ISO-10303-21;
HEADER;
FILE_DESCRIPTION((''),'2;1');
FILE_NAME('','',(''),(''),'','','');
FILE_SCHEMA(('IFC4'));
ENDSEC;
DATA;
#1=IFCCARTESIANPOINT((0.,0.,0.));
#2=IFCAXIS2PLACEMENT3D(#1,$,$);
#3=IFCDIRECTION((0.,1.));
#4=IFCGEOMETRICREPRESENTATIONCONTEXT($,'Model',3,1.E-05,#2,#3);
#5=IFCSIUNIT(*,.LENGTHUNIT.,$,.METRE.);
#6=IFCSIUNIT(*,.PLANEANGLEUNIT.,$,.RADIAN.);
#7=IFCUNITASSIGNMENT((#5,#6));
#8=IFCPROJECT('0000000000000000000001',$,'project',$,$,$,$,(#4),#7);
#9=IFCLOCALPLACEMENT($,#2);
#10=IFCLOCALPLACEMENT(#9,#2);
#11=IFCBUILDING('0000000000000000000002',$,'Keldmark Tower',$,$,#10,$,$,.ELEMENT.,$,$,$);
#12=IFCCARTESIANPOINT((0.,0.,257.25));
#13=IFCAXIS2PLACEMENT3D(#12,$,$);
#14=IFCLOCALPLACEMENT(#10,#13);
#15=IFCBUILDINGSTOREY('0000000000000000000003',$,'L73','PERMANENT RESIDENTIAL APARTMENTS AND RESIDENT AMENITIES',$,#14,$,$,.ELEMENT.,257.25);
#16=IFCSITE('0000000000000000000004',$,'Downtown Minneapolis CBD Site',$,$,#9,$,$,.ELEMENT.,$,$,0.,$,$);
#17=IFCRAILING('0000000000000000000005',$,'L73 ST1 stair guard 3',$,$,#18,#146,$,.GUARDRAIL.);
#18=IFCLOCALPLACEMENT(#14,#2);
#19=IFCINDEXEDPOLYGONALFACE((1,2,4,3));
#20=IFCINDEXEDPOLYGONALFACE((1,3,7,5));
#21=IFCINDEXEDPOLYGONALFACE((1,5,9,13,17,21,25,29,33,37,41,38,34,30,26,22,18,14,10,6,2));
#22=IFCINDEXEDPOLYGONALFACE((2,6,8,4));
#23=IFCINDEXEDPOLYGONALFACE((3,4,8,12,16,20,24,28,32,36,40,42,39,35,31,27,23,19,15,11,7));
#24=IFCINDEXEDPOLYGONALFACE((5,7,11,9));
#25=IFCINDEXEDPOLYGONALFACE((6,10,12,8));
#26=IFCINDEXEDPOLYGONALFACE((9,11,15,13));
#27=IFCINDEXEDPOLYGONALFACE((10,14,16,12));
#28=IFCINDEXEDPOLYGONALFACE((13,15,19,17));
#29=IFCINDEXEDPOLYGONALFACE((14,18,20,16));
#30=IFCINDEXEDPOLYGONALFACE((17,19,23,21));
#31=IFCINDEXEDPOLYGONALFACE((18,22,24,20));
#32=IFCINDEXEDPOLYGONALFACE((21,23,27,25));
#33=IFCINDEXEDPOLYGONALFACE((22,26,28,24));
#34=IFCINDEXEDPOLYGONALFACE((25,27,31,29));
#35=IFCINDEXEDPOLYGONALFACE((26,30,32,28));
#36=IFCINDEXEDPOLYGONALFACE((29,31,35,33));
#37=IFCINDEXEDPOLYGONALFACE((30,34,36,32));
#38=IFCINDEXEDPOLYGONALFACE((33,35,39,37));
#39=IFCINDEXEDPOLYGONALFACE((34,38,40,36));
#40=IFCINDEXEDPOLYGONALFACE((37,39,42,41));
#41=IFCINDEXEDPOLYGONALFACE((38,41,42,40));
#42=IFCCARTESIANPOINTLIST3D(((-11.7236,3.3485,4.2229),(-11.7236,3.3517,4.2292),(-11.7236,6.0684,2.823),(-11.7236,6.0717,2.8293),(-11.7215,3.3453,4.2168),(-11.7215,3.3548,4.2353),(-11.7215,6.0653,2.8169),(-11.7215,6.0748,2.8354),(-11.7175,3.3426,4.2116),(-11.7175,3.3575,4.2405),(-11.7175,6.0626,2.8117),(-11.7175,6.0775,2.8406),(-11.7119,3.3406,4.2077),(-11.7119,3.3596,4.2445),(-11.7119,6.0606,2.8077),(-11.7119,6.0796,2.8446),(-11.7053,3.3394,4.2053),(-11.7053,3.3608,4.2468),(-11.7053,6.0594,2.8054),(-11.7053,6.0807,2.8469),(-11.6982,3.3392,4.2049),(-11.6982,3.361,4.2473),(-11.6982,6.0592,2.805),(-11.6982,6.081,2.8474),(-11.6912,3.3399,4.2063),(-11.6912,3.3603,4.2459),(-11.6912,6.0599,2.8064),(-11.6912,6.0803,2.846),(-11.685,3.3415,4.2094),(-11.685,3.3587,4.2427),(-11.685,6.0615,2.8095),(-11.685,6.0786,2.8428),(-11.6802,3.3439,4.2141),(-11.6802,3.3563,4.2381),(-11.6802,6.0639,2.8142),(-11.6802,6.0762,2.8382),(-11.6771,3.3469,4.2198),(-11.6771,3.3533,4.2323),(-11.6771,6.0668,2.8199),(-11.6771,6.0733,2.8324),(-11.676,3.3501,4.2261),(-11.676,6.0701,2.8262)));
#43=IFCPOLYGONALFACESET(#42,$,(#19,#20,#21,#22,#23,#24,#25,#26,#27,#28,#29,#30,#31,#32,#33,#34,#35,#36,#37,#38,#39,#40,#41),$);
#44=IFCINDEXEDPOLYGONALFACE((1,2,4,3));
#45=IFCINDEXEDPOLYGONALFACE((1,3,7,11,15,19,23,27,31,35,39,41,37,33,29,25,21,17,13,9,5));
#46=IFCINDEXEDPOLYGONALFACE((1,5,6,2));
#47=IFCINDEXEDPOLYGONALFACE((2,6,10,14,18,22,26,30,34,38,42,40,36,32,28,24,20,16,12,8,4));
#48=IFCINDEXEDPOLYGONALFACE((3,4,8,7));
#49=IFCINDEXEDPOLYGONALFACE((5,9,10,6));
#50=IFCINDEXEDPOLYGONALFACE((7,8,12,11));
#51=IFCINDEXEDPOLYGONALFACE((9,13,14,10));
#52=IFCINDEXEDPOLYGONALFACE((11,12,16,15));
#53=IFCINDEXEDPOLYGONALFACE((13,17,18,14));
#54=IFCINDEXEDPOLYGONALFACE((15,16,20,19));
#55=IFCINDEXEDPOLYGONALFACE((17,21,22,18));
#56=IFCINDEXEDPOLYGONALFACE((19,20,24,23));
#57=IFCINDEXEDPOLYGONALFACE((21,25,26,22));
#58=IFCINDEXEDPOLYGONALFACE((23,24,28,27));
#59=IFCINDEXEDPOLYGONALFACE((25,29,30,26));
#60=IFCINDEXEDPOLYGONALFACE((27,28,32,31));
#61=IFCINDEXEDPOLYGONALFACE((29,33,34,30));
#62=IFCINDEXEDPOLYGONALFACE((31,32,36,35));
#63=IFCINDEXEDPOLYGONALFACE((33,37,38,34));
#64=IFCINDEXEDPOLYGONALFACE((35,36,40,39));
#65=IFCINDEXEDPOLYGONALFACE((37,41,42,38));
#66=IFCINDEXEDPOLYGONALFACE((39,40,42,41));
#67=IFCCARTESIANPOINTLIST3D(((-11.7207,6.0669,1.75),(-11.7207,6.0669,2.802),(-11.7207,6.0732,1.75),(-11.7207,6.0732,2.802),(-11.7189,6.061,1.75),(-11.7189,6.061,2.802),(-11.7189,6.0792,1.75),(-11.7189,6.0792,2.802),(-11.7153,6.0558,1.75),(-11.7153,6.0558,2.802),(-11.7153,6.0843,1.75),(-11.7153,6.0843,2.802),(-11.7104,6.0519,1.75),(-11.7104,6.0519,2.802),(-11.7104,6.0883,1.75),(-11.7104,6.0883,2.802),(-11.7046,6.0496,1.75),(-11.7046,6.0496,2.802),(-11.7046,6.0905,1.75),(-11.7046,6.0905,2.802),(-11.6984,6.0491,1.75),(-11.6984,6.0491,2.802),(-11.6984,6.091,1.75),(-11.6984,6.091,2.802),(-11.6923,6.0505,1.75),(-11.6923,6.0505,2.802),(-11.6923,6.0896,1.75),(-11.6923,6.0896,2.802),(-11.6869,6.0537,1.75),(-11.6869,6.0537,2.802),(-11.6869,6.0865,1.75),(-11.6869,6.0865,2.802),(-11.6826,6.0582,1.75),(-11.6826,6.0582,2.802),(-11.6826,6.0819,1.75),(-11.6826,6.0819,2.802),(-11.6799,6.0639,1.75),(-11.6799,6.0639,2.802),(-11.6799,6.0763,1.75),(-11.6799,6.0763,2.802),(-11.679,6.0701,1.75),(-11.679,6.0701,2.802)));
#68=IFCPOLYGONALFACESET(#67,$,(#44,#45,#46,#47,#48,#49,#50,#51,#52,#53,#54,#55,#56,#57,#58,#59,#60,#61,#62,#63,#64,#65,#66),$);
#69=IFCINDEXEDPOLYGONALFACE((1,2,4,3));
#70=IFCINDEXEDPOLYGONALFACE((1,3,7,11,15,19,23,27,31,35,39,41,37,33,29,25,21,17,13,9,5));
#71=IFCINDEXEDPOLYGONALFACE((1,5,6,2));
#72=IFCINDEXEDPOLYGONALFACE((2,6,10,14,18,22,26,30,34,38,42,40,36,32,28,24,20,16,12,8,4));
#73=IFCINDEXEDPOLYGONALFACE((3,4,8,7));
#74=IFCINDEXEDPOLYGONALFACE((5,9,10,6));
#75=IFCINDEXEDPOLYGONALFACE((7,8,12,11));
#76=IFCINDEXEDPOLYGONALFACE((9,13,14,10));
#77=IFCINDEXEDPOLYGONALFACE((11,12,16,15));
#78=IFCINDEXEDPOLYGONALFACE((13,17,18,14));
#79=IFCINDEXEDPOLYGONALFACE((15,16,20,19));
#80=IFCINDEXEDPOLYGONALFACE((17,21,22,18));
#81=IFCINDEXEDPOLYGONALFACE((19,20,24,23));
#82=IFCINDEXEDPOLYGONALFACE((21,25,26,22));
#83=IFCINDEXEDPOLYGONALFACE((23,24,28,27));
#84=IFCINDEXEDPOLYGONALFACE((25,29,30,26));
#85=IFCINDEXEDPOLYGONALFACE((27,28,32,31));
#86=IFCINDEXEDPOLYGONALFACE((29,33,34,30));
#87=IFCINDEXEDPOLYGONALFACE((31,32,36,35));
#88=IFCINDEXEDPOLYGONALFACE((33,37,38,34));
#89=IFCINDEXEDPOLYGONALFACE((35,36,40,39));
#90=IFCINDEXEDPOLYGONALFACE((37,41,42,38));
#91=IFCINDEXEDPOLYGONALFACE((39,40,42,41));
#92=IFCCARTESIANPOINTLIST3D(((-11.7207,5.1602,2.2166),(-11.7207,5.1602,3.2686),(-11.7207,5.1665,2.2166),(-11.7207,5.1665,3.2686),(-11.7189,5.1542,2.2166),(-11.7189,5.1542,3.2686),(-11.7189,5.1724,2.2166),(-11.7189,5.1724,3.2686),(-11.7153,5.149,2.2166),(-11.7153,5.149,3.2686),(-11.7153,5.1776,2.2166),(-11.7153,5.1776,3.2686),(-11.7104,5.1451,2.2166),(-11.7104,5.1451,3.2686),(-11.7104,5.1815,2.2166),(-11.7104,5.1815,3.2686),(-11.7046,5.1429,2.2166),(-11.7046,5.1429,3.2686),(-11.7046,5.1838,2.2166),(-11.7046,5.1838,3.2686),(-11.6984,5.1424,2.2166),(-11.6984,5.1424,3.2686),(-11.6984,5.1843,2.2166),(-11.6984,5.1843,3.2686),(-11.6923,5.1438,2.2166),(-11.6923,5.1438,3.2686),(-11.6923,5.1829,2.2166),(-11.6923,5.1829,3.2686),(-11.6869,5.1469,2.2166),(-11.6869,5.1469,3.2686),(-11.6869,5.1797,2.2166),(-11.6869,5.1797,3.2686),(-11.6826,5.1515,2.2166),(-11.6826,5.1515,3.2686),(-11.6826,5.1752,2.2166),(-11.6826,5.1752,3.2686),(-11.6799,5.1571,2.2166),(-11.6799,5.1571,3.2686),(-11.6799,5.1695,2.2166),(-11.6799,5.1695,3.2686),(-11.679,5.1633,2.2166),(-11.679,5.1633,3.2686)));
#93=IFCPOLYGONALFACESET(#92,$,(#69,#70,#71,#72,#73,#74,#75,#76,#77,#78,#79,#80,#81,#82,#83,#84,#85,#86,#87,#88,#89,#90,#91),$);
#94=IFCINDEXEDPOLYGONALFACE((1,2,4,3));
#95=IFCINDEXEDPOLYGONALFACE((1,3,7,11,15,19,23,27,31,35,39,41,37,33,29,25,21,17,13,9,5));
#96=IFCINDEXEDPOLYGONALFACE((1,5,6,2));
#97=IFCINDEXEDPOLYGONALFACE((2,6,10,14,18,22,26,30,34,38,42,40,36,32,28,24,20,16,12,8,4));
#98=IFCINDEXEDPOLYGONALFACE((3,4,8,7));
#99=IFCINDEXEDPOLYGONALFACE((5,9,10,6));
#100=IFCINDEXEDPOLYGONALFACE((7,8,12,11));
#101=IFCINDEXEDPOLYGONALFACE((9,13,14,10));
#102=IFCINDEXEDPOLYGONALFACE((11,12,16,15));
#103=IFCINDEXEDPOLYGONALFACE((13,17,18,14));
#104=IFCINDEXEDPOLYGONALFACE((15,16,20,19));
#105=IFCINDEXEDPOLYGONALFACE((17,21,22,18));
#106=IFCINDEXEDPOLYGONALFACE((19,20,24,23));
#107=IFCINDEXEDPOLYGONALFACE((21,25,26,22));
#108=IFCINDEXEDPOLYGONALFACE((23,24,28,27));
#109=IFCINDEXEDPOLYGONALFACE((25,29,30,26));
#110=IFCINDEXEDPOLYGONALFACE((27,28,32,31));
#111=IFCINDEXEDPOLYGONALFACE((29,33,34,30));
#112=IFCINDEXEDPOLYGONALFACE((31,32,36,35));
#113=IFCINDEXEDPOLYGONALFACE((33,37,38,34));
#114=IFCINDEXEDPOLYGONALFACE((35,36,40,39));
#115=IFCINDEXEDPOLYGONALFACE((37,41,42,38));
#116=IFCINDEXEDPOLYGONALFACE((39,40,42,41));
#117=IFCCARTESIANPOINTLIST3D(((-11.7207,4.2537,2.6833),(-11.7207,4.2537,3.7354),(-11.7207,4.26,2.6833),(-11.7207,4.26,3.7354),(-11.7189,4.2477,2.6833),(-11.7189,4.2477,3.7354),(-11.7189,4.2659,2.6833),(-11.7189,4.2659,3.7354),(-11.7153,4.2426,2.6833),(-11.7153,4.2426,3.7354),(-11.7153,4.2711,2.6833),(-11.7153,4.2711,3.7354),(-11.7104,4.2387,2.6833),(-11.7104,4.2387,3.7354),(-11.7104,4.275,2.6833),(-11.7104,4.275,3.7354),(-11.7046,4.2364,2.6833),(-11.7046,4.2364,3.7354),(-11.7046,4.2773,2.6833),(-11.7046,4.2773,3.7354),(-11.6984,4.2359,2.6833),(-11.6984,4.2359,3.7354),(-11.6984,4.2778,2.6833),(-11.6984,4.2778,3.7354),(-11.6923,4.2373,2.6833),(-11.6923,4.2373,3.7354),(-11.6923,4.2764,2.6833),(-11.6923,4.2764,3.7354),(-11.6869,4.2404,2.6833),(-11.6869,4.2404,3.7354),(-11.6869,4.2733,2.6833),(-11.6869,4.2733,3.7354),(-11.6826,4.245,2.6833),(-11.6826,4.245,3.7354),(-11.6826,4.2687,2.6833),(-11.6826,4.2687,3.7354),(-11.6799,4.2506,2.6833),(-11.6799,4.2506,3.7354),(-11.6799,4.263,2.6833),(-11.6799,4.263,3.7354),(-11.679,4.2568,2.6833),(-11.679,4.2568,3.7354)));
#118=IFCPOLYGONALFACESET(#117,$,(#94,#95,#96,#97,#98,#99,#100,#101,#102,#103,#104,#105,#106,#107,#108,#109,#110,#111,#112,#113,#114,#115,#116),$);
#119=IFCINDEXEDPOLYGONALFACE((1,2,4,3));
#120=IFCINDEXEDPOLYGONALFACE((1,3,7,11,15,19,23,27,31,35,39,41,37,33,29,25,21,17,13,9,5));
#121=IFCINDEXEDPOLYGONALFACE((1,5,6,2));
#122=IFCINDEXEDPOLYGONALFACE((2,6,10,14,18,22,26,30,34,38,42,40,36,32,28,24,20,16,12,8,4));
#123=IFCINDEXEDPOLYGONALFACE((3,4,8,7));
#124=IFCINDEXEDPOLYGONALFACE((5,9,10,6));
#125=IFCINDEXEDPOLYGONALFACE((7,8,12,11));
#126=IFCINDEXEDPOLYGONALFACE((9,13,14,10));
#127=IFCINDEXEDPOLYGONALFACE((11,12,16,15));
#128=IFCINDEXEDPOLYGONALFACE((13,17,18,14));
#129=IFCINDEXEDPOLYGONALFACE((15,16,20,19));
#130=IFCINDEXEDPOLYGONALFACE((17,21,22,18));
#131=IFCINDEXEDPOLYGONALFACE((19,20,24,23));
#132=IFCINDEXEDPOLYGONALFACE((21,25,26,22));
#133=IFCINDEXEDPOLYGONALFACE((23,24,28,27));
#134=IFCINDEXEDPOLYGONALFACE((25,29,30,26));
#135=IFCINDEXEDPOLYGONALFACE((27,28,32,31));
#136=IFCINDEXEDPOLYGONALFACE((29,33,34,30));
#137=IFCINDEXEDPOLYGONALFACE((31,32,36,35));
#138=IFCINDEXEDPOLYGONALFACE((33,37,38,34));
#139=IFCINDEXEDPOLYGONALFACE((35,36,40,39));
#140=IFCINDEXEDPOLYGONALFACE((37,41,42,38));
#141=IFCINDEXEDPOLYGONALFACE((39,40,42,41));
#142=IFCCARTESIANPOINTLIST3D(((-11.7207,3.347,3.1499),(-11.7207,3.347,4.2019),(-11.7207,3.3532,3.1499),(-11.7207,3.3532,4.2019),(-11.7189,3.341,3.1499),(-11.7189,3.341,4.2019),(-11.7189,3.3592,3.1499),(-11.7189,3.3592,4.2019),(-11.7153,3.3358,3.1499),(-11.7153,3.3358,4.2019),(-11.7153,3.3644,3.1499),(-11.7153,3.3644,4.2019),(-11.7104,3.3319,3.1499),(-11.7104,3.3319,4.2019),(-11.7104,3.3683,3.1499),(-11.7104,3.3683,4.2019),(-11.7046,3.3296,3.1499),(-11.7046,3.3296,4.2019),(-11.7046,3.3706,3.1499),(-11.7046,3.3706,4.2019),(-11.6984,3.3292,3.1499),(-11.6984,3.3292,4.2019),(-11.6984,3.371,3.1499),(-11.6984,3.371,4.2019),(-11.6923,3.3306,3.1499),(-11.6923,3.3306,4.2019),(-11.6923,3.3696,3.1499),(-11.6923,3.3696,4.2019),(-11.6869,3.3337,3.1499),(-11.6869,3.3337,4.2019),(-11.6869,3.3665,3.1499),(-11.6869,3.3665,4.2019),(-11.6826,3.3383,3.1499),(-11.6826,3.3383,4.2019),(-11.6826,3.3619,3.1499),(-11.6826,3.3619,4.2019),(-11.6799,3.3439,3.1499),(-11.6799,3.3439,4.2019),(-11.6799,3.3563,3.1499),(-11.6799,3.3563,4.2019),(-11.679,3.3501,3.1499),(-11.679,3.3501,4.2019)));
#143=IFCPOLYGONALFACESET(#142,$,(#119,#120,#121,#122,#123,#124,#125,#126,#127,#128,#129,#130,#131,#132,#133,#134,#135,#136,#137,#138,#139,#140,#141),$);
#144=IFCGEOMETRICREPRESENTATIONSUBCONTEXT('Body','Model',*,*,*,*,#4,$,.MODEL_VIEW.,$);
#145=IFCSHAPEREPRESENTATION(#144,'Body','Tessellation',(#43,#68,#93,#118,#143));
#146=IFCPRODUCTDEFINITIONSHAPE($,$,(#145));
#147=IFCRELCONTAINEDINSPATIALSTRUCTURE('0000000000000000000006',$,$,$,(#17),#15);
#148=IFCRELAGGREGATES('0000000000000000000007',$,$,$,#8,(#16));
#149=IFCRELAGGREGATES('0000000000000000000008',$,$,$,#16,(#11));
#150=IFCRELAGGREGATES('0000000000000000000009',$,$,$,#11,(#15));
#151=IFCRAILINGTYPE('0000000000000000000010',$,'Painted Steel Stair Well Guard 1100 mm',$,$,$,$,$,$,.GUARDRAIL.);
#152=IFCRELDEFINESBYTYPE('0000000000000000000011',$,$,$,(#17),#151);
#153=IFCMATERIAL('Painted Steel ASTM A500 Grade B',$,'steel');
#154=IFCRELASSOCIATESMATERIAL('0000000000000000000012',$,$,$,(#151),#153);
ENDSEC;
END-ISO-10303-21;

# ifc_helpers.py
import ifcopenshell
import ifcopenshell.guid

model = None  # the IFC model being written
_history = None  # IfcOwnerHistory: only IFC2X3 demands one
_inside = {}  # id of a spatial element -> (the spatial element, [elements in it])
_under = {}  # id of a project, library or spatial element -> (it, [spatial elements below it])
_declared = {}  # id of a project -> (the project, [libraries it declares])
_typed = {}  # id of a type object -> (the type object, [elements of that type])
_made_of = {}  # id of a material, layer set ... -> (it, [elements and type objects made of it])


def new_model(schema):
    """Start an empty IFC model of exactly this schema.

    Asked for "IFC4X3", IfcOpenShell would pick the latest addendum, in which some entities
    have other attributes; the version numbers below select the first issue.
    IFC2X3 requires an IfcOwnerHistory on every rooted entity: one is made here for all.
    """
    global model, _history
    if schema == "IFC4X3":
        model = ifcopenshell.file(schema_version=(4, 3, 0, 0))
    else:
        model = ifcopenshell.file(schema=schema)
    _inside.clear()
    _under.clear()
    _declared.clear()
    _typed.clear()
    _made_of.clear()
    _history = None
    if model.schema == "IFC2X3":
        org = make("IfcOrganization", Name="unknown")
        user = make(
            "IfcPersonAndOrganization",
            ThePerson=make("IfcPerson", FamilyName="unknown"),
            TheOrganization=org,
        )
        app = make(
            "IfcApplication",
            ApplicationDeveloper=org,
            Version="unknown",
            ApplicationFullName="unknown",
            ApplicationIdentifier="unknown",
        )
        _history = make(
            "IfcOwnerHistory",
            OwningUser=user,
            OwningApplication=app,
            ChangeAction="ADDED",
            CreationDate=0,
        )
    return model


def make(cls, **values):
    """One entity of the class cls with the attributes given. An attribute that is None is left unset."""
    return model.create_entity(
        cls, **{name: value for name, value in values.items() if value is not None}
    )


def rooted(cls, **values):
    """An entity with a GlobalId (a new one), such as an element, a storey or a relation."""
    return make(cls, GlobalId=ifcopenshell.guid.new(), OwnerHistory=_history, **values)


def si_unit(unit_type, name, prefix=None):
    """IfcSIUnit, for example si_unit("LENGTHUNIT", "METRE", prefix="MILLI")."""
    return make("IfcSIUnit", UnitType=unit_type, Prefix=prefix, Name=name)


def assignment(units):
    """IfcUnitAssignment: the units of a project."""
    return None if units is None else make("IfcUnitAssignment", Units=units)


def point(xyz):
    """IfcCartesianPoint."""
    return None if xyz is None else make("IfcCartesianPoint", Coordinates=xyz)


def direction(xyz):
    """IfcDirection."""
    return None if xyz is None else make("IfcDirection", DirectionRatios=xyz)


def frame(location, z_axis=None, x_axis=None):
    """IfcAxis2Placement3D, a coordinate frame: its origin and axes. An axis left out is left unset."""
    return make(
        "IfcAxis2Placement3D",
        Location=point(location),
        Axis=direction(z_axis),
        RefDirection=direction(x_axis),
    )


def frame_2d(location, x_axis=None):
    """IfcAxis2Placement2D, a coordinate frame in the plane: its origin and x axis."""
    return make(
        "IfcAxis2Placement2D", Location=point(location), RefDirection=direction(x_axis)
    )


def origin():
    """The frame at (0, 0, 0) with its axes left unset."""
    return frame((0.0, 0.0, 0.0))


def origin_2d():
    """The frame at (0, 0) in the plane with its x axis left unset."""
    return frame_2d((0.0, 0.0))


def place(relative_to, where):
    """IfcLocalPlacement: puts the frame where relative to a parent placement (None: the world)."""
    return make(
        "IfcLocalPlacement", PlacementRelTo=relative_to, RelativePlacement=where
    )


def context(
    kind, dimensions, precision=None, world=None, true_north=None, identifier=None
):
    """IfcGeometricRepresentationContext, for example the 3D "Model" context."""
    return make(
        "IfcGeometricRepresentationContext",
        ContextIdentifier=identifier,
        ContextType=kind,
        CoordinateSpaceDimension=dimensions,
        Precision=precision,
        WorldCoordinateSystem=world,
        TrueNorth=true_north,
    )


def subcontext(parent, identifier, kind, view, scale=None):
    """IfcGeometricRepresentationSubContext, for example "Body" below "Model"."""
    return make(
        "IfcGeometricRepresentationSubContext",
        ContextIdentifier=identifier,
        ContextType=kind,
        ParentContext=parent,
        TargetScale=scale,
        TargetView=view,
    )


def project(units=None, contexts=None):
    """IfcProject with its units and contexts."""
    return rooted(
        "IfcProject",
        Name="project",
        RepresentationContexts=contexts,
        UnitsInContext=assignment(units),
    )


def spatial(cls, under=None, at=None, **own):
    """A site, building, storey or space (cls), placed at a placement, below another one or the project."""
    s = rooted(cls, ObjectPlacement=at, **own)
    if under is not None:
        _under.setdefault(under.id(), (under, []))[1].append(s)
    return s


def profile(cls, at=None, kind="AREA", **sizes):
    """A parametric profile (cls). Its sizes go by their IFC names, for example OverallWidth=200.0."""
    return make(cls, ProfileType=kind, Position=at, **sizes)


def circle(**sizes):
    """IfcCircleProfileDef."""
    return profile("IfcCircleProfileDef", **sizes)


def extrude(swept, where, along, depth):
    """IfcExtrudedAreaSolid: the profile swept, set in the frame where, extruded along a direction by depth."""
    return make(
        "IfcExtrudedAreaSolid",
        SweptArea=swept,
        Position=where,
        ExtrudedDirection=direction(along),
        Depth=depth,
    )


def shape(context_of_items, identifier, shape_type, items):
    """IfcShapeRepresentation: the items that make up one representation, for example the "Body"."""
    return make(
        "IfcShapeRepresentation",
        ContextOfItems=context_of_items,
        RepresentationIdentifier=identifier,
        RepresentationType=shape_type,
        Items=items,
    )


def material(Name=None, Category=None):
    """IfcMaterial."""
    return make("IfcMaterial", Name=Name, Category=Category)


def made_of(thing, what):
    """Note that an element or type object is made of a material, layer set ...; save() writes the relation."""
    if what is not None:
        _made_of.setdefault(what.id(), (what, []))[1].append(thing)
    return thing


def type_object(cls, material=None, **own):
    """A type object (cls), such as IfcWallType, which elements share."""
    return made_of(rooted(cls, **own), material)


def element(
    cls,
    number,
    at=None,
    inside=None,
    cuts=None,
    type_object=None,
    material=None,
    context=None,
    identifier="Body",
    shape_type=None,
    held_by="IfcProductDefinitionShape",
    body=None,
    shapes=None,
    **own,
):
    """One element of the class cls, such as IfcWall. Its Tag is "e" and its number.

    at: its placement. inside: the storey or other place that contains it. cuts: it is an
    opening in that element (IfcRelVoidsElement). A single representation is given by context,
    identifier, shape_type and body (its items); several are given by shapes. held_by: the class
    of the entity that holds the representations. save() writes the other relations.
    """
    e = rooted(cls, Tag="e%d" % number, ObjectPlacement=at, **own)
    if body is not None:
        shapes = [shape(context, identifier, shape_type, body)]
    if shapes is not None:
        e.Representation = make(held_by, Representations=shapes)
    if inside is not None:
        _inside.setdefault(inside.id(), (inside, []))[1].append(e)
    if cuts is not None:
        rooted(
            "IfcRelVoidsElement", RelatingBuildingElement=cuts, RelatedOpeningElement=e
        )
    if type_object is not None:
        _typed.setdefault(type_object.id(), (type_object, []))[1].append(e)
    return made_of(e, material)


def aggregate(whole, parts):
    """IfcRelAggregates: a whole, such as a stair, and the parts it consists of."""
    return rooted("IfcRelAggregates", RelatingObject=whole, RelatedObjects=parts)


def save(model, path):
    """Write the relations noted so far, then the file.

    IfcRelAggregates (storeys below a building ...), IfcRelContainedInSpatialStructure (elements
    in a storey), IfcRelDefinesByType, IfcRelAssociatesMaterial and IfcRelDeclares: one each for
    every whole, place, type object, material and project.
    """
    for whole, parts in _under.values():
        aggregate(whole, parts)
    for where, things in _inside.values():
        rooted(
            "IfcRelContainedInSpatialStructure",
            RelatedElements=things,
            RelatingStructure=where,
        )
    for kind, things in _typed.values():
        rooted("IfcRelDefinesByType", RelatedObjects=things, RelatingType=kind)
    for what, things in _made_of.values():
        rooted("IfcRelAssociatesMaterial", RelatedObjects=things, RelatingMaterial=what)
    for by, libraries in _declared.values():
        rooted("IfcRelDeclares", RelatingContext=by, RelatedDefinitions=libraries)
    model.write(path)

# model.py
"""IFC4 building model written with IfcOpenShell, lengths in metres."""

from ifc_helpers import new_model, si_unit, direction, frame, origin, origin_2d, place, context, subcontext, project, spatial, circle, extrude, material, type_object, element, save


model = new_model("IFC4")

# Units and contexts
model_context = context("Model", 3, precision=1e-05, world=origin(), true_north=direction((0.0, 1.0)))
body_context = subcontext(model_context, "Body", "Model", "MODEL_VIEW")
ifc_project = project(units=[si_unit("LENGTHUNIT", "METRE"), si_unit("PLANEANGLEUNIT", "RADIAN")], contexts=[model_context])

# Site, building, storey
site_placement = place(None, origin())
site = spatial("IfcSite", under=ifc_project, at=site_placement, Name="Downtown Minneapolis CBD Site", CompositionType="ELEMENT", RefElevation=0.0)
building_placement = place(site_placement, origin())
building = spatial("IfcBuilding", under=site, at=building_placement, Name="Keldmark Tower", CompositionType="ELEMENT")
storey_placement = place(building_placement, frame((0.0, 0.0, 257.25)))
storey = spatial("IfcBuildingStorey", under=building, at=storey_placement, Name="L73", Description="PERMANENT RESIDENTIAL APARTMENTS AND RESIDENT AMENITIES", CompositionType="ELEMENT", Elevation=257.25)

# Railing
ifc_material_1 = material(Name="Painted Steel ASTM A500 Grade B", Category="steel")
railing_type_1 = type_object("IfcRailingType", Name="Painted Steel Stair Well Guard 1100 mm", PredefinedType="GUARDRAIL", material=ifc_material_1)
railing_1_placement = place(storey_placement, frame((-11.7, 6.0701, 1.75)))
element("IfcRailing", 1, at=railing_1_placement, inside=storey, type_object=railing_type_1, Name="L73 ST1 stair guard 3", PredefinedType="GUARDRAIL", context=body_context, shape_type="SweptSolid", body=[
    extrude(circle(Radius=0.0239, at=origin_2d()), frame((0.0, 0.0, 1.0762), z_axis=(0.0, -0.889147, 0.457622), x_axis=(1.0, 0.0, 0.0)), (0.0, 0.0, 1.0), 3.0591),
    extrude(circle(Radius=0.021, at=origin_2d()), origin(), (0.0, 0.0, 1.0), 1.052),
    extrude(circle(Radius=0.021, at=origin_2d()), frame((0.0, -0.9067, 0.4666)), (0.0, 0.0, 1.0), 1.052),
    extrude(circle(Radius=0.021, at=origin_2d()), frame((0.0, -1.8132, 0.9333)), (0.0, 0.0, 1.0), 1.052),
    extrude(circle(Radius=0.021, at=origin_2d()), frame((0.0, -2.72, 1.3999)), (0.0, 0.0, 1.0), 1.052),
])

save(model, "model.ifc")
